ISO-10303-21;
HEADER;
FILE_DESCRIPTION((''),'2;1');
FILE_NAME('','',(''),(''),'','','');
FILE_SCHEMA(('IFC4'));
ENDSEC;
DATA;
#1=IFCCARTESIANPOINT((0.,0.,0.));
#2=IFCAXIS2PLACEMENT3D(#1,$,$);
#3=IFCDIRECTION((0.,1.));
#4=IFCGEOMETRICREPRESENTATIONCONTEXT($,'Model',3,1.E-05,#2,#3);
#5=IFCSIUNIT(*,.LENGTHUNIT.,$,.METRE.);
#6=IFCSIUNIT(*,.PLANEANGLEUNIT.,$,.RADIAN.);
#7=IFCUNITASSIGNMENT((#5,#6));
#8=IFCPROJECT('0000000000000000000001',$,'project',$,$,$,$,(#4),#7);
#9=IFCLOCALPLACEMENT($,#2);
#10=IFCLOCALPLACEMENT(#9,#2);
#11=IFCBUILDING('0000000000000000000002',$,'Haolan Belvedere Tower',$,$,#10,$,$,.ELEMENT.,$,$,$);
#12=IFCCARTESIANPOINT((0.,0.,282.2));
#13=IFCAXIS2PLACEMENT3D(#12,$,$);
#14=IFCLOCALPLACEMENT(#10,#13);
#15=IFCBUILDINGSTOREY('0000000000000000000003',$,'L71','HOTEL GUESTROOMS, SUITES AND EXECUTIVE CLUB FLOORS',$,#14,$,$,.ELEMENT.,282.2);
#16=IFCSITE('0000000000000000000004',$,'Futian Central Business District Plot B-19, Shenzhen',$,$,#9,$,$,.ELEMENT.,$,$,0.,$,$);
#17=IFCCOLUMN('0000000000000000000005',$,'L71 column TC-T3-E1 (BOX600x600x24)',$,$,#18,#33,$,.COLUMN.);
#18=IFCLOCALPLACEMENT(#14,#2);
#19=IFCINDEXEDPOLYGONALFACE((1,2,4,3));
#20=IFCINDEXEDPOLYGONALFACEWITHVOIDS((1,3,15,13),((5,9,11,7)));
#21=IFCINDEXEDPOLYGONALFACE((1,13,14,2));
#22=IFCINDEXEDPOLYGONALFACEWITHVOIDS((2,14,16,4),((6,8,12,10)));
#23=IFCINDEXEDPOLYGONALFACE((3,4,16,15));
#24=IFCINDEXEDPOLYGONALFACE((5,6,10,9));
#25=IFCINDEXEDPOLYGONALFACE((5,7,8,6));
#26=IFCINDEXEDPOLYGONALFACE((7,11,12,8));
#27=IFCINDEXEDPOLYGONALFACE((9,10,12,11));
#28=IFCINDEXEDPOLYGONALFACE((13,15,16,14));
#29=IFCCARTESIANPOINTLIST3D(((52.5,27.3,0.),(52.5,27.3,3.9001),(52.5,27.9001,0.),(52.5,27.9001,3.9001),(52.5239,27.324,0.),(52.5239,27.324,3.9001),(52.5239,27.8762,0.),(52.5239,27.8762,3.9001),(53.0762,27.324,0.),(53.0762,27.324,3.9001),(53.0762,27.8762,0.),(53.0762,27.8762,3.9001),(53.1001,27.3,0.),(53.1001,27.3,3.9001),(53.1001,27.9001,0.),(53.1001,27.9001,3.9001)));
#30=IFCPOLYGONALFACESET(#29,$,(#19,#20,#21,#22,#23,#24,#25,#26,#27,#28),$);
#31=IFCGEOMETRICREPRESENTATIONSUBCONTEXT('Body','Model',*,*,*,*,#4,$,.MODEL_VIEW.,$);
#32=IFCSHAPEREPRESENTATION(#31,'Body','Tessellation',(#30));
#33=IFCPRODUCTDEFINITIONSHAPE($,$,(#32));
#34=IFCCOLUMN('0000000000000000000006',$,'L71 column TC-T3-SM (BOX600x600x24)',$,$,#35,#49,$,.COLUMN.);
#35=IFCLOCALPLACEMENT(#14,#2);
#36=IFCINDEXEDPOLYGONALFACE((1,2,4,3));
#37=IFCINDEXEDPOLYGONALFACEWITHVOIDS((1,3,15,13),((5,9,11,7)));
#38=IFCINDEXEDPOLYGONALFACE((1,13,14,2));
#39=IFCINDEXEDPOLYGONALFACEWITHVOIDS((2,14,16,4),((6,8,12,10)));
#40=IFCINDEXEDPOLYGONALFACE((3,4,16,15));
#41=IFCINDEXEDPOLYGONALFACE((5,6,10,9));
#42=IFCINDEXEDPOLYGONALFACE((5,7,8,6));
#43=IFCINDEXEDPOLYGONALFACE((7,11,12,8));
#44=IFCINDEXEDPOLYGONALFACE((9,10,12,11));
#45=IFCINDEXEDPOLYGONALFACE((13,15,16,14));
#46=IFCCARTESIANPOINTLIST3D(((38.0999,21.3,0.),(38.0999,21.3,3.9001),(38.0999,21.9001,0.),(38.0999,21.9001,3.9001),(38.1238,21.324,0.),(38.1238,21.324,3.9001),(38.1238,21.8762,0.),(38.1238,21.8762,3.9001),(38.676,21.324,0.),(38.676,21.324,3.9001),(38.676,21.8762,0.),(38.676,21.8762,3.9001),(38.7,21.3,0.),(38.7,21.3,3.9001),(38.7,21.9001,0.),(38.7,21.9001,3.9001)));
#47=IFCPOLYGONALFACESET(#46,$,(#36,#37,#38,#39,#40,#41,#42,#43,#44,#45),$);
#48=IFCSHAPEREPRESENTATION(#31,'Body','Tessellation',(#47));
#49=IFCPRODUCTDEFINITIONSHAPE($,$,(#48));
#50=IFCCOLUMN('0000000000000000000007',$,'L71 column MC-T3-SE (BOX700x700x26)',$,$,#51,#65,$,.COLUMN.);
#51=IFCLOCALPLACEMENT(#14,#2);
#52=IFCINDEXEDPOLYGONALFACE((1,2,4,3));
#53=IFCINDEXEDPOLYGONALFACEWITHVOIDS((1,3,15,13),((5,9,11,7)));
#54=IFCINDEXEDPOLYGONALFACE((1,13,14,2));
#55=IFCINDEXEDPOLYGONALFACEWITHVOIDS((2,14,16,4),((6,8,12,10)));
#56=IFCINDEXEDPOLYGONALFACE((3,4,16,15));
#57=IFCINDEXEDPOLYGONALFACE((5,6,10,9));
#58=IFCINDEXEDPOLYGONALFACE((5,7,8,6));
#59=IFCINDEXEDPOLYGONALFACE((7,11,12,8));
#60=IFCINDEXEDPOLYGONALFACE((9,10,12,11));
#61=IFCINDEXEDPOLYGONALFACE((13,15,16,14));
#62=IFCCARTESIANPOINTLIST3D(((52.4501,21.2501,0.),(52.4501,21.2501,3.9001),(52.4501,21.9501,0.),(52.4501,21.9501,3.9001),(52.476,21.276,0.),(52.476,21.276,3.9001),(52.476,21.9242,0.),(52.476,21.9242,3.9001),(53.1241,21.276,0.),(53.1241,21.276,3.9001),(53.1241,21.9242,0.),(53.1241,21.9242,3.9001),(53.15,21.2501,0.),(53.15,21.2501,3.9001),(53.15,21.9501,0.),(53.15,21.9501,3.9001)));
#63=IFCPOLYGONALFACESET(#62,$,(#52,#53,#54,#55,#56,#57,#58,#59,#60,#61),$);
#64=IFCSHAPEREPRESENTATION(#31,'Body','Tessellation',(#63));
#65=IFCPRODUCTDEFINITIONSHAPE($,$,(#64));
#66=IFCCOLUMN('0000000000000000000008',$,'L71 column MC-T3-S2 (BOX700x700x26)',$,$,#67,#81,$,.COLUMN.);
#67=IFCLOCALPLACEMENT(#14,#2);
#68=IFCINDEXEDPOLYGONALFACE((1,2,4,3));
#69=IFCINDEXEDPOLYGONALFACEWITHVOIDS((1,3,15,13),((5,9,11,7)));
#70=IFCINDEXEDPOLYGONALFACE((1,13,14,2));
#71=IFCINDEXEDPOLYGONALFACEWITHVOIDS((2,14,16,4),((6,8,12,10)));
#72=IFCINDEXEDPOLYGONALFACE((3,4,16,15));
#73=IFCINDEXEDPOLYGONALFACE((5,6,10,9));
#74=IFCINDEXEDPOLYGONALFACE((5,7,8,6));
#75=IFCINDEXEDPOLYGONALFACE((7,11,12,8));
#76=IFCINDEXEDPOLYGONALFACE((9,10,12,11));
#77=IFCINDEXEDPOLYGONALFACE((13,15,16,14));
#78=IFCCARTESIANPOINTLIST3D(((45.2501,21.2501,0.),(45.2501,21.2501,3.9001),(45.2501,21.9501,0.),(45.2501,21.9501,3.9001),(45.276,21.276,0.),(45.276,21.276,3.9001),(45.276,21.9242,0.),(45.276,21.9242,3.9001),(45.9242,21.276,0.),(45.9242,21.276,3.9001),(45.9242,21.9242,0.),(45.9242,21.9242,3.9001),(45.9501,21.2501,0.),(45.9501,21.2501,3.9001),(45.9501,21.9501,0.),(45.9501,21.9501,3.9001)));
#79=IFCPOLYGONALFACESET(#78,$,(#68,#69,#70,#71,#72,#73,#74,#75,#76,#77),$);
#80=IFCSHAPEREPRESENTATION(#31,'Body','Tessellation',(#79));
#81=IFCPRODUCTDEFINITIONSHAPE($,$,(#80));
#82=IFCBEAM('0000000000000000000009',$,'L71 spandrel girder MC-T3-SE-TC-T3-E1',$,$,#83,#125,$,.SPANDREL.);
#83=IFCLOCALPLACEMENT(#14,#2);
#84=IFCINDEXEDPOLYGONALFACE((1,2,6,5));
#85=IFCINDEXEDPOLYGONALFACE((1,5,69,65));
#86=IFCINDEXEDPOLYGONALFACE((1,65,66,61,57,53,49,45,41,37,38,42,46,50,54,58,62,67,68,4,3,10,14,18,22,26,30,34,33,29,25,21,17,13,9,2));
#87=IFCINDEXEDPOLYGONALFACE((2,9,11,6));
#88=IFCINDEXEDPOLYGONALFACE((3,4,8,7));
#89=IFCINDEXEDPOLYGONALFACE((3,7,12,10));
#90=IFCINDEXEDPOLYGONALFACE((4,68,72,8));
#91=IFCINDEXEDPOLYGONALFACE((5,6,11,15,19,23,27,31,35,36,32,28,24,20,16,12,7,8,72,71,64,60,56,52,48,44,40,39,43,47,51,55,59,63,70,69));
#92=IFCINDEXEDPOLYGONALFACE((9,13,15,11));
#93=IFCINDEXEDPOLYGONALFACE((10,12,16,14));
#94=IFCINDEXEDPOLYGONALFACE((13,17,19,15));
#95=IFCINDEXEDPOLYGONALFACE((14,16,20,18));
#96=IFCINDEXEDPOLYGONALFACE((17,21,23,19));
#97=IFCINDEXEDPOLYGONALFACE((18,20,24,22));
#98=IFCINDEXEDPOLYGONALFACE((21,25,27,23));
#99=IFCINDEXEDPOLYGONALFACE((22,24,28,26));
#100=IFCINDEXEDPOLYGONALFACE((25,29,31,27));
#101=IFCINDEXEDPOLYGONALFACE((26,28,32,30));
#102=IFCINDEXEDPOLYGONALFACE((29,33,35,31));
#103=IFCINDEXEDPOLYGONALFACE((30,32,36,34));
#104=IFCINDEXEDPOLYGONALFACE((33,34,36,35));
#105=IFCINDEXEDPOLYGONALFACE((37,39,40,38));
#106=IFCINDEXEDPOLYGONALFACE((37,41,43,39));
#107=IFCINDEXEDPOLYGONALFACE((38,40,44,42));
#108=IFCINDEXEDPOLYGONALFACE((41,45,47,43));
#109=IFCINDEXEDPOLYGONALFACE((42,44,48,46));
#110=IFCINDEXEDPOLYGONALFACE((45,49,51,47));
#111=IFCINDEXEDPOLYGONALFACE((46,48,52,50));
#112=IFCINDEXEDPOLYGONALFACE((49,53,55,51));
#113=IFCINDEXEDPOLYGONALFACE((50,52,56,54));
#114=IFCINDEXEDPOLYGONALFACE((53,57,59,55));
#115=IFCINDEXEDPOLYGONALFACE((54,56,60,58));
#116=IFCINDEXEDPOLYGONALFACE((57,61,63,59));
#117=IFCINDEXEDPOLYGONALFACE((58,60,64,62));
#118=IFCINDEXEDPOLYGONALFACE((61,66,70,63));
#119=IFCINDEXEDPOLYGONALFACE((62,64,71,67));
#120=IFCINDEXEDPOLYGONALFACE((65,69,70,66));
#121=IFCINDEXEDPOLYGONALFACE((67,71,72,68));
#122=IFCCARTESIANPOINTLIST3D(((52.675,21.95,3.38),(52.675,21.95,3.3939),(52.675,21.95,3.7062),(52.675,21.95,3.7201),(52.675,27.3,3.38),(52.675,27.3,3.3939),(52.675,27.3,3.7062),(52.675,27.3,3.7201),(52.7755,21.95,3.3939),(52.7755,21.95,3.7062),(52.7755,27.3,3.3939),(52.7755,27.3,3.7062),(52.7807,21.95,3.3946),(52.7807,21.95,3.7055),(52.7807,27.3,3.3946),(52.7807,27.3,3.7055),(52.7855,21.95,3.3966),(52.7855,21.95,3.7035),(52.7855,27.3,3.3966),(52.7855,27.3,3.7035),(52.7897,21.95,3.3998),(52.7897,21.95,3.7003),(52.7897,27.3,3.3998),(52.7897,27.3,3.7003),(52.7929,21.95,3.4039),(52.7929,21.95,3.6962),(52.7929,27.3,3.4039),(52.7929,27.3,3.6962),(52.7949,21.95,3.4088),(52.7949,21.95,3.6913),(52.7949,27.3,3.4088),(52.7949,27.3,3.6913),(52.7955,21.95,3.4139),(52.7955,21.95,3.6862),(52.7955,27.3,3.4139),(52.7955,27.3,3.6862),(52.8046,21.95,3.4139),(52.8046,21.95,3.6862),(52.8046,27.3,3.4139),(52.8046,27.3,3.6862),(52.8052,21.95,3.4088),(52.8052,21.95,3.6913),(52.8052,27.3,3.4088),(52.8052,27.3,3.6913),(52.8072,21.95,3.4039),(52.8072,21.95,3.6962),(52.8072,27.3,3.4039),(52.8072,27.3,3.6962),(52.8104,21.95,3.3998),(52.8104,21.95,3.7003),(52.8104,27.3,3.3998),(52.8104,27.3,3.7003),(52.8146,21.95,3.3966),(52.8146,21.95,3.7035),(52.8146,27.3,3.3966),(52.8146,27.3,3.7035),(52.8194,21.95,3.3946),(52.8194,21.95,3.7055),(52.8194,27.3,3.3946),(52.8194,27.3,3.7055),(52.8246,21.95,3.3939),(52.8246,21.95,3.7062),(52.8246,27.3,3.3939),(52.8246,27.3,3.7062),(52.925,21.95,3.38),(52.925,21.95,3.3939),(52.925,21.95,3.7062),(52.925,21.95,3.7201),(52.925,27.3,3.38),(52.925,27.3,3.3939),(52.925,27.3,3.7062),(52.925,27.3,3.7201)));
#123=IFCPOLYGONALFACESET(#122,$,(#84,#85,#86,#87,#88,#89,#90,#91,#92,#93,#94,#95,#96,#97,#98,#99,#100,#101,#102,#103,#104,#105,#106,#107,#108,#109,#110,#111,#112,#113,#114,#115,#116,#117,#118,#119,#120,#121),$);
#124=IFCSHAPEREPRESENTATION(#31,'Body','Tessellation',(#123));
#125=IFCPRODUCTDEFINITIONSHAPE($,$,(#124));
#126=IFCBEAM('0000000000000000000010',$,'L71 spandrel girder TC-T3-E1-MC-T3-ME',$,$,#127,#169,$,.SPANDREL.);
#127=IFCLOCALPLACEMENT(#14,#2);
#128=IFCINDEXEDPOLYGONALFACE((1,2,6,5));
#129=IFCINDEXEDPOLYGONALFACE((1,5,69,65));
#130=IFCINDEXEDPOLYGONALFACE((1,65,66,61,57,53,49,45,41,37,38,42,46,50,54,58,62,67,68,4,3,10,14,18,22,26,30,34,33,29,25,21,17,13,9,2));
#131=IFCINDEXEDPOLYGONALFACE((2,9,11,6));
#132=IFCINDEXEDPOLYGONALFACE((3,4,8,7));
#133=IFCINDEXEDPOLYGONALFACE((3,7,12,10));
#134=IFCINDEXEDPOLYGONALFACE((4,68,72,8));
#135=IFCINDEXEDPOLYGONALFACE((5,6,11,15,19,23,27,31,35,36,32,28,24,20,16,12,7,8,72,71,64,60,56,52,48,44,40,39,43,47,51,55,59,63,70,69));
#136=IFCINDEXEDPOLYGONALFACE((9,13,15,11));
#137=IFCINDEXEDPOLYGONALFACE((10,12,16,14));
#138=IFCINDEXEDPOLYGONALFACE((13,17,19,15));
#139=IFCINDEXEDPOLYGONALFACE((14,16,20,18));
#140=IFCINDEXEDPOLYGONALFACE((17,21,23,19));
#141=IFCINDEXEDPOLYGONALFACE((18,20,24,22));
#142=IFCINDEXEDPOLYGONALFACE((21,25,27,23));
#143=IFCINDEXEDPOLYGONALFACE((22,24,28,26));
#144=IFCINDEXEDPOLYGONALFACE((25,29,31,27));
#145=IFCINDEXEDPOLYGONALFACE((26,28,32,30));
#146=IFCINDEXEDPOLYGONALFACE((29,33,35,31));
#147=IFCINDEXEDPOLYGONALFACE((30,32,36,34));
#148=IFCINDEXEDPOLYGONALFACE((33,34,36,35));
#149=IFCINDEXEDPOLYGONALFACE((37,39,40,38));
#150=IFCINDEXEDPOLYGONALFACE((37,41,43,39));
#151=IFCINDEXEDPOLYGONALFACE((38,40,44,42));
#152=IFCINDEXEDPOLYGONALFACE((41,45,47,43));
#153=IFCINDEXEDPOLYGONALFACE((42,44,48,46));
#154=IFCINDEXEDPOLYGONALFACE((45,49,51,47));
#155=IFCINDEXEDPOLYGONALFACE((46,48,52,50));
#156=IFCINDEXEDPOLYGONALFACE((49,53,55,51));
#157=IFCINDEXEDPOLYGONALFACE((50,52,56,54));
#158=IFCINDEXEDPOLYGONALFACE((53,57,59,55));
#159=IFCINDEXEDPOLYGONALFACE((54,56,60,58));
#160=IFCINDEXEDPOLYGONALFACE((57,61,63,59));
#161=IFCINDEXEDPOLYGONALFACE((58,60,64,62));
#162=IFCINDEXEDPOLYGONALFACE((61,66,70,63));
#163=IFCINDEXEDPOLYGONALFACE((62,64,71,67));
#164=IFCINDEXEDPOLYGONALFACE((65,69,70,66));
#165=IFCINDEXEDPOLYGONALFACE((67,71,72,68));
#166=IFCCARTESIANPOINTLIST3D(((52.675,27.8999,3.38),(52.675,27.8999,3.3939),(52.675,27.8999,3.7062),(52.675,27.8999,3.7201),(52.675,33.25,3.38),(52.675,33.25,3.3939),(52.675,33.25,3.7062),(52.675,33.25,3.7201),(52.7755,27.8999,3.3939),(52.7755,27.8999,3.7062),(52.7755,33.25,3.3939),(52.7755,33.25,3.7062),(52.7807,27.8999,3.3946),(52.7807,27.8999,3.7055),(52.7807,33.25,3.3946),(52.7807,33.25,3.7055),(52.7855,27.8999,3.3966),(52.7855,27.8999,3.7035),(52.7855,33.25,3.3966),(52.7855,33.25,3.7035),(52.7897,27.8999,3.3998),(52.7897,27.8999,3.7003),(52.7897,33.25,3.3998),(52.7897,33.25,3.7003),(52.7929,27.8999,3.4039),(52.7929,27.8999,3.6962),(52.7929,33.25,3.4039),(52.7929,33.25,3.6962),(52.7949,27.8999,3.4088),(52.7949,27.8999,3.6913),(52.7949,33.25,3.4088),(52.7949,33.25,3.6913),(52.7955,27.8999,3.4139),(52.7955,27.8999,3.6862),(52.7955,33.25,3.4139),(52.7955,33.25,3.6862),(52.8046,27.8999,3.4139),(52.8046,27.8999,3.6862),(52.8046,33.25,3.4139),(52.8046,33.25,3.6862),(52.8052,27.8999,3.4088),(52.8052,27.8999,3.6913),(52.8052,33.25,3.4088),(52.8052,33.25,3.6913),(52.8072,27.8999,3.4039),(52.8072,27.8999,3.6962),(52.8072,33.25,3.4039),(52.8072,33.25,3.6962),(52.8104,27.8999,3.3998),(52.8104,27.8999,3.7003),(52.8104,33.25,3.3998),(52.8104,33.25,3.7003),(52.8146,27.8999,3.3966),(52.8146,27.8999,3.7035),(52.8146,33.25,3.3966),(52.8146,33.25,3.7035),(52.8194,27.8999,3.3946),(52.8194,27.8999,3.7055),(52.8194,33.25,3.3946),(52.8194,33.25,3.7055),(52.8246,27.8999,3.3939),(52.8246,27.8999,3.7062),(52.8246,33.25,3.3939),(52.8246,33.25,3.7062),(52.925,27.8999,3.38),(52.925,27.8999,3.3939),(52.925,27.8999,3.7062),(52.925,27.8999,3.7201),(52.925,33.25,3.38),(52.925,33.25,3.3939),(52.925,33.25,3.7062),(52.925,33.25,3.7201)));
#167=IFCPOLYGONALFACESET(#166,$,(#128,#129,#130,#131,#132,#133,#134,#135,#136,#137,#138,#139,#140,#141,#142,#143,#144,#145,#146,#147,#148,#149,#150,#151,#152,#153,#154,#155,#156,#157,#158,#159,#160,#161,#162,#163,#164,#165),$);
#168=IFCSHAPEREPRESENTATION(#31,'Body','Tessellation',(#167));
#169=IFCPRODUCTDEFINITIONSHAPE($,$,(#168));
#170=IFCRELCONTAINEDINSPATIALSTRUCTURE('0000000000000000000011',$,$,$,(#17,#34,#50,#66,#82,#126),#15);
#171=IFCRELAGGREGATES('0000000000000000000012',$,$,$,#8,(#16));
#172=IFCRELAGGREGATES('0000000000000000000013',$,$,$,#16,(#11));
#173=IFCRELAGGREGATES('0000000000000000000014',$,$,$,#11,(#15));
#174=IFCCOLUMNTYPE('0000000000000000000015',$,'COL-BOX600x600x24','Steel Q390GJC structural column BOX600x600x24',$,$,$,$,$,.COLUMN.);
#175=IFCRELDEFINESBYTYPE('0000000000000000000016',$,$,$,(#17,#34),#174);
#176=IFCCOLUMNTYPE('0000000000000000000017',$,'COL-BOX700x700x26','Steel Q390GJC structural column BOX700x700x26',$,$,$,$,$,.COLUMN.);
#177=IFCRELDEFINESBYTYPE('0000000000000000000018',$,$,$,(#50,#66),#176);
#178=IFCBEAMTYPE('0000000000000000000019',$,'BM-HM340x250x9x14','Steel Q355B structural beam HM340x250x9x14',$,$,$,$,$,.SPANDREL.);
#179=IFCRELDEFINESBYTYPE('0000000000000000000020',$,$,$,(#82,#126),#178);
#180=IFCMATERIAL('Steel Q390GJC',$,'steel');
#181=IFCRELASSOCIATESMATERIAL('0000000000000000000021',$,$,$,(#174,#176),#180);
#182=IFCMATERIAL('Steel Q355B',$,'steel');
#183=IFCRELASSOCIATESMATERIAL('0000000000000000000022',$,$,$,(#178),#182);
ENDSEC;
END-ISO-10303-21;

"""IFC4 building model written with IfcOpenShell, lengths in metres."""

from ifc_helpers import new_model, si_unit, direction, frame, origin, origin_2d, place, context, subcontext, project, spatial, hollow_rectangle, i_section, extrude, material, material_profile, profile_set, type_object, element, save


model = new_model("IFC4")

# Units and contexts
model_context = context("Model", 3, precision=1e-05, world=origin(), true_north=direction((0.0, 1.0)))
body_context = subcontext(model_context, "Body", "Model", "MODEL_VIEW")
ifc_project = project(units=[si_unit("LENGTHUNIT", "METRE"), si_unit("PLANEANGLEUNIT", "RADIAN")], contexts=[model_context])

# Site, building, storey
site_placement = place(None, origin())
site = spatial("IfcSite", under=ifc_project, at=site_placement, Name="Futian Central Business District Plot B-19, Shenzhen", CompositionType="ELEMENT", RefElevation=0.0)
building_placement = place(site_placement, origin())
building = spatial("IfcBuilding", under=site, at=building_placement, Name="Haolan Belvedere Tower", CompositionType="ELEMENT")
storey_placement = place(building_placement, frame((0.0, 0.0, 282.2)))
storey = spatial("IfcBuildingStorey", under=building, at=storey_placement, Name="L71", Description="HOTEL GUESTROOMS, SUITES AND EXECUTIVE CLUB FLOORS", CompositionType="ELEMENT", Elevation=282.2)

# Columns
ifc_material_1 = material(Name="Steel Q390GJC", Category="steel")
ifc_material_profile_1 = material_profile(ifc_material_1, hollow_rectangle(XDim=0.6001, YDim=0.6001, WallThickness=0.0239, at=origin_2d()), Name="Steel Q390GJC")
ifc_profile_set_1 = profile_set([ifc_material_profile_1], Name="Steel Q390GJC")
column_type_1 = type_object("IfcColumnType", Name="COL-BOX600x600x24", Description="Steel Q390GJC structural column BOX600x600x24", PredefinedType="COLUMN", material=ifc_profile_set_1)
for number, where, z_axis, x_axis, name in (
    (1, (52.8, 27.6001, 0.0), (0.0, 0.0, 1.0), (1.0, 0.0, 0.0), "L71 column TC-T3-E1 (BOX600x600x24)"),
    (2, (38.3999, 21.6001, 0.0), (0.0, 0.0, 1.0), (1.0, 0.0, 0.0), "L71 column TC-T3-SM (BOX600x600x24)"),
):
    element("IfcColumn", number, at=place(storey_placement, frame(where, z_axis=z_axis, x_axis=x_axis)), inside=storey, type_object=column_type_1, Name=name, PredefinedType="COLUMN", context=body_context, shape_type="SweptSolid", body=[
        extrude(hollow_rectangle(XDim=0.6001, YDim=0.6001, WallThickness=0.0239, at=origin_2d()), origin(), (0.0, 0.0, 1.0), 3.9001),
    ])
ifc_material_profile_2 = material_profile(ifc_material_1, hollow_rectangle(XDim=0.7, YDim=0.7, WallThickness=0.0259, at=origin_2d()), Name="Steel Q390GJC")
ifc_profile_set_2 = profile_set([ifc_material_profile_2], Name="Steel Q390GJC")
column_type_2 = type_object("IfcColumnType", Name="COL-BOX700x700x26", Description="Steel Q390GJC structural column BOX700x700x26", PredefinedType="COLUMN", material=ifc_profile_set_2)
for number, where, z_axis, x_axis, name in (
    (3, (52.8, 21.6001, 0.0), (0.0, 0.0, 1.0), (1.0, 0.0, 0.0), "L71 column MC-T3-SE (BOX700x700x26)"),
    (4, (45.6001, 21.6001, 0.0), (0.0, 0.0, 1.0), (1.0, 0.0, 0.0), "L71 column MC-T3-S2 (BOX700x700x26)"),
):
    element("IfcColumn", number, at=place(storey_placement, frame(where, z_axis=z_axis, x_axis=x_axis)), inside=storey, type_object=column_type_2, Name=name, PredefinedType="COLUMN", context=body_context, shape_type="SweptSolid", body=[
        extrude(hollow_rectangle(XDim=0.7, YDim=0.7, WallThickness=0.0259, at=origin_2d()), origin(), (0.0, 0.0, 1.0), 3.9001),
    ])

# Beams
ifc_material_2 = material(Name="Steel Q355B", Category="steel")
ifc_material_profile_3 = material_profile(ifc_material_2, i_section(OverallWidth=0.25, OverallDepth=0.3401, WebThickness=0.009, FlangeThickness=0.0139, FilletRadius=0.02, at=origin_2d()), Name="Steel Q355B")
ifc_profile_set_3 = profile_set([ifc_material_profile_3], Name="Steel Q355B")
beam_type_1 = type_object("IfcBeamType", Name="BM-HM340x250x9x14", Description="Steel Q355B structural beam HM340x250x9x14", PredefinedType="SPANDREL", material=ifc_profile_set_3)
for number, where, z_axis, x_axis, name in (
    (5, (52.8, 21.95, 3.55), (0.0, 1.0, 0.0), (-1.0, 0.0, 0.0), "L71 spandrel girder MC-T3-SE-TC-T3-E1"),
    (6, (52.8, 27.8999, 3.55), (0.0, 1.0, 0.0), (-1.0, 0.0, 0.0), "L71 spandrel girder TC-T3-E1-MC-T3-ME"),
):
    element("IfcBeam", number, at=place(storey_placement, frame(where, z_axis=z_axis, x_axis=x_axis)), inside=storey, type_object=beam_type_1, Name=name, PredefinedType="SPANDREL", context=body_context, shape_type="SweptSolid", body=[
        extrude(i_section(OverallWidth=0.25, OverallDepth=0.3401, WebThickness=0.009, FlangeThickness=0.0139, FilletRadius=0.02, at=origin_2d()), origin(), (0.0, 0.0, 1.0), 5.3501),
    ])

save(model, "model.ifc")
